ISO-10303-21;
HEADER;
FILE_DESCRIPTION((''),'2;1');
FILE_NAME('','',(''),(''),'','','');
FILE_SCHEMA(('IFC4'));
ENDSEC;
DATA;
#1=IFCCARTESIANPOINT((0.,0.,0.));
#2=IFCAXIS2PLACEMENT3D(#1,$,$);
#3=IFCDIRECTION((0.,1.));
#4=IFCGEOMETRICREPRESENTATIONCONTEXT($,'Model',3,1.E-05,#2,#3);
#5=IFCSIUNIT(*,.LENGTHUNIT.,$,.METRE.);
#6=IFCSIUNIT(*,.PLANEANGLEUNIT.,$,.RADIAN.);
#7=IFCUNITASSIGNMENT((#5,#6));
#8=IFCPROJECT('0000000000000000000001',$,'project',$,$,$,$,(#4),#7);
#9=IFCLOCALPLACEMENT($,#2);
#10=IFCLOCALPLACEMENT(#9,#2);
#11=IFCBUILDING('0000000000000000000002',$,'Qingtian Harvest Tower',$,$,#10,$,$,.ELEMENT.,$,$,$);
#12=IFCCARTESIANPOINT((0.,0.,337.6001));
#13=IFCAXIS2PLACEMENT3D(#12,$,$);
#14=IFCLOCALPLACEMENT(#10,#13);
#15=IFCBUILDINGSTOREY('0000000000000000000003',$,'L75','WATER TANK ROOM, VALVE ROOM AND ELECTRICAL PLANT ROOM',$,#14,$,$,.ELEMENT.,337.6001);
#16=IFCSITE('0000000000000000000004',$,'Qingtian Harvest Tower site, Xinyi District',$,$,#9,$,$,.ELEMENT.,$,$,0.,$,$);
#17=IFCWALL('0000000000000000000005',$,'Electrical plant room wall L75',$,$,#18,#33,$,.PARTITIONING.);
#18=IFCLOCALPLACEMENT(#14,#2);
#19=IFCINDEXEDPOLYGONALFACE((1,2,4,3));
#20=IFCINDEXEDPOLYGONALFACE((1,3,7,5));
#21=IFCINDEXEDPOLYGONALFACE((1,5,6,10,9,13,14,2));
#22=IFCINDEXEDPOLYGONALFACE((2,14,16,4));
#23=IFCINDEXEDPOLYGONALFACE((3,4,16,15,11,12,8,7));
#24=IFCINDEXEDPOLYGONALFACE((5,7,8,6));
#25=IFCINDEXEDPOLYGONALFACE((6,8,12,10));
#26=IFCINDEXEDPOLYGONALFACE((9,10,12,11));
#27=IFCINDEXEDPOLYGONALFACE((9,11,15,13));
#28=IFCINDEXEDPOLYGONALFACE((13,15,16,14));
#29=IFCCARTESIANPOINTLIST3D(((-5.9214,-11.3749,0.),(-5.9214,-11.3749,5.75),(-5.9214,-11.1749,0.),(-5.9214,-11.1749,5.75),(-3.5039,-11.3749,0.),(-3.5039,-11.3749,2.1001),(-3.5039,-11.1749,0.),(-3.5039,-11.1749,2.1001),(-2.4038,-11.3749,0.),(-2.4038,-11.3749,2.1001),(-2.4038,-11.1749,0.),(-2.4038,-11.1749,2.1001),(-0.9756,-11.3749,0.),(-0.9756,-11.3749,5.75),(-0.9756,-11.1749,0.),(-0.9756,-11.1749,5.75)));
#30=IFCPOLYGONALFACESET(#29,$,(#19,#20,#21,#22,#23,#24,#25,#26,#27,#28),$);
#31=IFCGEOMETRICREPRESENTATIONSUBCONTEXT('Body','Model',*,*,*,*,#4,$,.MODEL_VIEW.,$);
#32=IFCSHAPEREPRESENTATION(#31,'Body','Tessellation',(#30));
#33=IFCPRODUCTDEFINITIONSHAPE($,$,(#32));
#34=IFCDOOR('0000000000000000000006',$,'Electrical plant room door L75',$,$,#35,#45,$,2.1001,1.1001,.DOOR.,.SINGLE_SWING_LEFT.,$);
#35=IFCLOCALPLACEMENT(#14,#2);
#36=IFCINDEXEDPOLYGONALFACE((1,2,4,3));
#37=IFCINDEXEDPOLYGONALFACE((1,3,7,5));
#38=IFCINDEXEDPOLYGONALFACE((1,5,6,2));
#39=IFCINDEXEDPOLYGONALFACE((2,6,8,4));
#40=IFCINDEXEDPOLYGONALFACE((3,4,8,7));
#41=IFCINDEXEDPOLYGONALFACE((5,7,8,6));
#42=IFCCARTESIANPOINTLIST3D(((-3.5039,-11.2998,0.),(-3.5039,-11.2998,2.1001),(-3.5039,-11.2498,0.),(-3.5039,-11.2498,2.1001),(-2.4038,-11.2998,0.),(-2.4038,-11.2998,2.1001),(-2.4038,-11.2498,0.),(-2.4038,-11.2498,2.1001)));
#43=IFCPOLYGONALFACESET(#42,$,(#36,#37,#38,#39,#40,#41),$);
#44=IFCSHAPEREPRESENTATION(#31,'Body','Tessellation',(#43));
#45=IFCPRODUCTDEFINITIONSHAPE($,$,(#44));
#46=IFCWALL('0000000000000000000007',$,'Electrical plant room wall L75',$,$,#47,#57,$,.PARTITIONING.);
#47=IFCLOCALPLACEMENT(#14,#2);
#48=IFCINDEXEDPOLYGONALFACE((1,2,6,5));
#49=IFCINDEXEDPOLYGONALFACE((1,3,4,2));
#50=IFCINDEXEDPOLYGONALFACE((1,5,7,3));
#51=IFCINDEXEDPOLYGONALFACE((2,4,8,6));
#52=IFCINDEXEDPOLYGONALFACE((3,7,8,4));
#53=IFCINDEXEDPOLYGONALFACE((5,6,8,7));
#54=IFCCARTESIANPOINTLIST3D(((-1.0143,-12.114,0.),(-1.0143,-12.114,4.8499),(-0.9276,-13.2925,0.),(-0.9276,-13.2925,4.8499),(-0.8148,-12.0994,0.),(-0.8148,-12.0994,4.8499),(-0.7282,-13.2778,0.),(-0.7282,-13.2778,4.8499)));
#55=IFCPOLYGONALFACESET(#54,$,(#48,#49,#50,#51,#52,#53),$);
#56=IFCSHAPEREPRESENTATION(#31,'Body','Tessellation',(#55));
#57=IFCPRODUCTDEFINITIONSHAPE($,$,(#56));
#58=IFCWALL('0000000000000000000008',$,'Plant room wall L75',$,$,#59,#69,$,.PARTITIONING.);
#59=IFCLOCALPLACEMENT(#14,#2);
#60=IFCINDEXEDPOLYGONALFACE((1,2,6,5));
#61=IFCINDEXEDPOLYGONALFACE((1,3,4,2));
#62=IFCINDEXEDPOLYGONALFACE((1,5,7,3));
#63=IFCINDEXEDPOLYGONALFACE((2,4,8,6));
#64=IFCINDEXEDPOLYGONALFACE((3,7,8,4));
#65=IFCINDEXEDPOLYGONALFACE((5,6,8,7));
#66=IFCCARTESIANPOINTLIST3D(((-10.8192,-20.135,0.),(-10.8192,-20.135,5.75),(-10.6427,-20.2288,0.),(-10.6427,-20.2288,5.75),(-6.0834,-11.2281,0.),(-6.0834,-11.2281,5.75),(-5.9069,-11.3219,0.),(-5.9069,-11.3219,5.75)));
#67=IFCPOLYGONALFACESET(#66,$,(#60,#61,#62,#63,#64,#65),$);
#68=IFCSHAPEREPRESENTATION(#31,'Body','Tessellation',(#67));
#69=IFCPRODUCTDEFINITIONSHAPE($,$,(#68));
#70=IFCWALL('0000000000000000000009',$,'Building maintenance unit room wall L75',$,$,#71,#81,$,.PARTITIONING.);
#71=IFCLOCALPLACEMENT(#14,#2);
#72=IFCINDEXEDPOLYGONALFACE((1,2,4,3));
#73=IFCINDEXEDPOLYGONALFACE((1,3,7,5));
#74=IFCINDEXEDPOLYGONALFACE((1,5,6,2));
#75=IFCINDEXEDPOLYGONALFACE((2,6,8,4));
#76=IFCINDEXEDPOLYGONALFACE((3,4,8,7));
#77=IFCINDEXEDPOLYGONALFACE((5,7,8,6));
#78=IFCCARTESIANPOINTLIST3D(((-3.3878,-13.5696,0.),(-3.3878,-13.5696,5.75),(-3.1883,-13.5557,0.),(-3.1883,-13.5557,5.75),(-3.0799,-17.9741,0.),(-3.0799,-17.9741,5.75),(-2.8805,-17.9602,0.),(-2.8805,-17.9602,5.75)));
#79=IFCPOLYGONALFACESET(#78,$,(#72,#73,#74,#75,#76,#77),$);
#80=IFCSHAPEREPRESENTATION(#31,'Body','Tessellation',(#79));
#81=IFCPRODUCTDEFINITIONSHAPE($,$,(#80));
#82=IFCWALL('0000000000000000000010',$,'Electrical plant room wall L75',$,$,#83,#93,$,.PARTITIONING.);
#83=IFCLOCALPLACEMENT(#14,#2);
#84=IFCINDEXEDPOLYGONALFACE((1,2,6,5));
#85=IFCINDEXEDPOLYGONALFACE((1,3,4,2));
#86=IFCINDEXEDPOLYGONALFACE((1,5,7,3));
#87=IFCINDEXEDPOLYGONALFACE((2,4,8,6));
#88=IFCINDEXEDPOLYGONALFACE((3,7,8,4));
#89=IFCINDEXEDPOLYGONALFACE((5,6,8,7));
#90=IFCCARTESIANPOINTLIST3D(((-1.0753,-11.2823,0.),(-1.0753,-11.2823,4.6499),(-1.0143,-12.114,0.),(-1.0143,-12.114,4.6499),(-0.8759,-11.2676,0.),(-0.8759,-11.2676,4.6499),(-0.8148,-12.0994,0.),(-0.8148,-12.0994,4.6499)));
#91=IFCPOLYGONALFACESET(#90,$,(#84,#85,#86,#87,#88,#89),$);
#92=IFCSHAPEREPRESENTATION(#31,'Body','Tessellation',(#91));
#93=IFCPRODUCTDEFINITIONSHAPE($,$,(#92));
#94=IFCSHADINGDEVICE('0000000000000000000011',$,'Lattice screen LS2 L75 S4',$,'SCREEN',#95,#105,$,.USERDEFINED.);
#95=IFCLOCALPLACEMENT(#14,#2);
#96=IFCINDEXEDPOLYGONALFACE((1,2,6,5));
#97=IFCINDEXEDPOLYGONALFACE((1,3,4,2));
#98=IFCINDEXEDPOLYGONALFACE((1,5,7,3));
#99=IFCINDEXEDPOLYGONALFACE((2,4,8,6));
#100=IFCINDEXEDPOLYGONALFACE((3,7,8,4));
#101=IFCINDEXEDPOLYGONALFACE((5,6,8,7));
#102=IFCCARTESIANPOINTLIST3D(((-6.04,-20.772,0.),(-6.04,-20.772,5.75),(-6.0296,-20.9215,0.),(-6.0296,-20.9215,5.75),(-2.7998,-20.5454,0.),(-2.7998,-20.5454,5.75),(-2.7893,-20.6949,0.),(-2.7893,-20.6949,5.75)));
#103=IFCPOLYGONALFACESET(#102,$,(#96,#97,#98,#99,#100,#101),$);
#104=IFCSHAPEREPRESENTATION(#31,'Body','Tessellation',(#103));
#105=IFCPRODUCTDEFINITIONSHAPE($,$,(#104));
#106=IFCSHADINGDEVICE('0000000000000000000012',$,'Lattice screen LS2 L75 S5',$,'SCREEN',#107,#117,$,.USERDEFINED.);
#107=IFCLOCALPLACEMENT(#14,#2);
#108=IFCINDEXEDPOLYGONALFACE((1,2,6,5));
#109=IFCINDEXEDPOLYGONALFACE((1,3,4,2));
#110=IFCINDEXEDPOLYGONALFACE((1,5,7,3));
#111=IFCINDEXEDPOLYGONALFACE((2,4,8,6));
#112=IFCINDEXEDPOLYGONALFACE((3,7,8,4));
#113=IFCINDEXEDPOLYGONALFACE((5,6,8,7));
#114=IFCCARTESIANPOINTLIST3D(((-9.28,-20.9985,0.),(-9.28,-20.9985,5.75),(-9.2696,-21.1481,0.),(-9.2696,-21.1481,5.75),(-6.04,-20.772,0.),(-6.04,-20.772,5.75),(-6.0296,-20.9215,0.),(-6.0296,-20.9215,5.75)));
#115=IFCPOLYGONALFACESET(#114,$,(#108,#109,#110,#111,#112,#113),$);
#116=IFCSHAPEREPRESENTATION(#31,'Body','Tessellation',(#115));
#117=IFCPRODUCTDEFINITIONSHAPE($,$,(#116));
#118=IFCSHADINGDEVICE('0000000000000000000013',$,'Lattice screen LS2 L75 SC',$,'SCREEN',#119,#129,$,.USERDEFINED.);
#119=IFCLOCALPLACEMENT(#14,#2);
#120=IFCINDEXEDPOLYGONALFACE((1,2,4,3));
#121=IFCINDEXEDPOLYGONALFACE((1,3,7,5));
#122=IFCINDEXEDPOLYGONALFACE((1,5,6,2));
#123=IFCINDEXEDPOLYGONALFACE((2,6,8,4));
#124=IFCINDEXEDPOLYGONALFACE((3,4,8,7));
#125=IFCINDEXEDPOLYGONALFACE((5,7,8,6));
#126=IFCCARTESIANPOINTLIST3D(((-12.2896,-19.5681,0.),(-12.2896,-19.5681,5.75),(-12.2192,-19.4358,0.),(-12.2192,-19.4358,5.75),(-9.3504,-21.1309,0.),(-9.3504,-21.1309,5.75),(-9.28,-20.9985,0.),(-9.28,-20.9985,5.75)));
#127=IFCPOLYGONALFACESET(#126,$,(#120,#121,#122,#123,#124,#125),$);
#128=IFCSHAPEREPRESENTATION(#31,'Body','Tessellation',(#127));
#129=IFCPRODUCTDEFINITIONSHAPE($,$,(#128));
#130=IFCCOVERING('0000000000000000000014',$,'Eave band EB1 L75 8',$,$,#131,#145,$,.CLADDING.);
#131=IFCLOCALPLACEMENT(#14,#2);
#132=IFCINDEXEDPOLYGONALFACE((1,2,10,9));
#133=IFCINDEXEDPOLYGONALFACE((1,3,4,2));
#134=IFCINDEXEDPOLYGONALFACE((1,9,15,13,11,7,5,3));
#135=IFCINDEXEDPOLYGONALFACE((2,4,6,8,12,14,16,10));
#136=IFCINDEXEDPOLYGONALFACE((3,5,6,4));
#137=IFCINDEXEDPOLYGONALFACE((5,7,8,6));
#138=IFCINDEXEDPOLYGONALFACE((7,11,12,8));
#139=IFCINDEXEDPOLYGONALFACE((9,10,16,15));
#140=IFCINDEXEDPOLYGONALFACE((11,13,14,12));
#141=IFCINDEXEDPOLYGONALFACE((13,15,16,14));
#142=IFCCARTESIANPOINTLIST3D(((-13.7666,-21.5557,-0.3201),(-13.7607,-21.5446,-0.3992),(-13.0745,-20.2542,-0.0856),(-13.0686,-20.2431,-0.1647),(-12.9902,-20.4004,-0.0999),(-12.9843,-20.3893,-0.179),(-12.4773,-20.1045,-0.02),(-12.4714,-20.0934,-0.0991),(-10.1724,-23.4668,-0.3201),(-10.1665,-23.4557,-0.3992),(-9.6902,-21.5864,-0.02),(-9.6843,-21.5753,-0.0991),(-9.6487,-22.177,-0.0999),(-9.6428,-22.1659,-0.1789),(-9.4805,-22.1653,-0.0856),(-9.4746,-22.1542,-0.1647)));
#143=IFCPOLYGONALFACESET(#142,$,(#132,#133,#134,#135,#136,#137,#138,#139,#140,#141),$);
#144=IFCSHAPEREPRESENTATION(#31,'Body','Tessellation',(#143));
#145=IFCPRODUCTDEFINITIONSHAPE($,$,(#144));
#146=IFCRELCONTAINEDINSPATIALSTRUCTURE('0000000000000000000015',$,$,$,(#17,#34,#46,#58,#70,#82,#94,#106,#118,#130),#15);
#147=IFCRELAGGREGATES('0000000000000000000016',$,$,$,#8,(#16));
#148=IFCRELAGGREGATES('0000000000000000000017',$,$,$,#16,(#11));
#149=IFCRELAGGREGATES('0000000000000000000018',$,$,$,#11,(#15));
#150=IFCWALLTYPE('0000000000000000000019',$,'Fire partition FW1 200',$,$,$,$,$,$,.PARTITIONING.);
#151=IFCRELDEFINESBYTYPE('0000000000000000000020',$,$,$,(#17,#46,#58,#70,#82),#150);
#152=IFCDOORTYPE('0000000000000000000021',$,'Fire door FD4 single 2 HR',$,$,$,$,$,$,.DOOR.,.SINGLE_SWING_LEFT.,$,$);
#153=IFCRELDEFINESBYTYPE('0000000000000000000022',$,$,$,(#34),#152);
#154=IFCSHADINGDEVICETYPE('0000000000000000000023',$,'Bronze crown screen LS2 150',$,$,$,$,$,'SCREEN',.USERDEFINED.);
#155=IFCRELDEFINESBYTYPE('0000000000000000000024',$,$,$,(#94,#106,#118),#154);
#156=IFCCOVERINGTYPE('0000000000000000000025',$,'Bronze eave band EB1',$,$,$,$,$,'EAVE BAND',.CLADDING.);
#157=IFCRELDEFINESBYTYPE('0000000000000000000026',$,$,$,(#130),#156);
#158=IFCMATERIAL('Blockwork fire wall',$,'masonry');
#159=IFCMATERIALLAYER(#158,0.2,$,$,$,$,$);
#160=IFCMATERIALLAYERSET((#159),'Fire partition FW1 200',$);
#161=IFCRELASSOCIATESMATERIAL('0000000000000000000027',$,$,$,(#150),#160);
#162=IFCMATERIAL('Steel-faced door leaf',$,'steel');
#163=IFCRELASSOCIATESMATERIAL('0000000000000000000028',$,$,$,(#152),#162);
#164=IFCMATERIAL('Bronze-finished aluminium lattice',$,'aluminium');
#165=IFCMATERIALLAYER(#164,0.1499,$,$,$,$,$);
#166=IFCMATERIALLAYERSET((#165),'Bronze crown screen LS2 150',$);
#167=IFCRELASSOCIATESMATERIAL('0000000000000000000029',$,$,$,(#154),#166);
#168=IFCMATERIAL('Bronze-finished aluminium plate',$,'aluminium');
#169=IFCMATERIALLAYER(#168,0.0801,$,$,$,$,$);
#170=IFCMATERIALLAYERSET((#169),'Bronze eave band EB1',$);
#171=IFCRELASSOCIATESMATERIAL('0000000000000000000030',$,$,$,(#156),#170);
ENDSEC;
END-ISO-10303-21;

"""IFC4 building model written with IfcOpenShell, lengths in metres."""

from ifc_helpers import new_model, si_unit, direction, frame, frame_2d, origin, place, context, subcontext, project, spatial, polyline, rectangle, outline, extrude, material, layer, layer_set, type_object, element, fill, save


model = new_model("IFC4")

# Units and contexts
model_context = context("Model", 3, precision=1e-05, world=origin(), true_north=direction((0.0, 1.0)))
body_context = subcontext(model_context, "Body", "Model", "MODEL_VIEW")
ifc_project = project(units=[si_unit("LENGTHUNIT", "METRE"), si_unit("PLANEANGLEUNIT", "RADIAN")], contexts=[model_context])

# Site, building, storey
site_placement = place(None, origin())
site = spatial("IfcSite", under=ifc_project, at=site_placement, Name="Qingtian Harvest Tower site, Xinyi District", CompositionType="ELEMENT", RefElevation=0.0)
building_placement = place(site_placement, origin())
building = spatial("IfcBuilding", under=site, at=building_placement, Name="Qingtian Harvest Tower", CompositionType="ELEMENT")
storey_placement = place(building_placement, frame((0.0, 0.0, 337.6001)))
storey = spatial("IfcBuildingStorey", under=building, at=storey_placement, Name="L75", Description="WATER TANK ROOM, VALVE ROOM AND ELECTRICAL PLANT ROOM", CompositionType="ELEMENT", Elevation=337.6001)

# Shared definitions
ifc_material_1 = material(Name="Blockwork fire wall", Category="masonry")
ifc_layer_1 = layer(ifc_material_1, 0.2)
ifc_layer_set_1 = layer_set([ifc_layer_1], Name="Fire partition FW1 200")
wall_type_1 = type_object("IfcWallType", Name="Fire partition FW1 200", PredefinedType="PARTITIONING", material=ifc_layer_set_1)

# Wall, opening, door
ifc_material_2 = material(Name="Steel-faced door leaf", Category="steel")
door_type = type_object("IfcDoorType", Name="Fire door FD4 single 2 HR", OperationType="SINGLE_SWING_LEFT", PredefinedType="DOOR", material=ifc_material_2)
wall_1_placement = place(storey_placement, frame((-0.9756, -11.2749, 0.0), z_axis=(0.0, 0.0, 1.0), x_axis=(-1.0, 0.0, 0.0)))
wall_1 = element("IfcWall", 1, at=wall_1_placement, inside=storey, type_object=wall_type_1, Name="Electrical plant room wall L75", PredefinedType="PARTITIONING", context=body_context, shape_type="SweptSolid", body=[
    extrude(rectangle(XDim=4.9458, YDim=0.2, at=frame_2d((2.4729, 0.0))), origin(), (0.0, 0.0, 1.0), 5.75),
])
opening_1_placement = place(wall_1_placement, frame((1.4282, 0.0, 0.0)))
opening_1 = element("IfcOpeningElement", 2, at=opening_1_placement, cuts=wall_1, PredefinedType="OPENING", context=body_context, shape_type="SweptSolid", body=[
    extrude(rectangle(XDim=1.1001, YDim=2.1001, at=frame_2d((0.55, 1.05))), frame((0.0, 0.1099, 0.0), z_axis=(0.0, -1.0, 0.0), x_axis=(1.0, 0.0, 0.0)), (0.0, 0.0, 1.0), 0.22),
])
door_1_placement = place(opening_1_placement, origin())
door_1 = element("IfcDoor", 3, at=door_1_placement, inside=storey, type_object=door_type, Name="Electrical plant room door L75", OperationType="SINGLE_SWING_LEFT", OverallHeight=2.1001, OverallWidth=1.1001, PredefinedType="DOOR", context=body_context, shape_type="SweptSolid", body=[
    extrude(rectangle(XDim=1.1001, YDim=2.1001, at=frame_2d((0.55, 1.05))), frame((0.0, 0.0249, 0.0), z_axis=(0.0, -1.0, 0.0), x_axis=(1.0, 0.0, 0.0)), (0.0, 0.0, 1.0), 0.05),
])
fill(opening_1, door_1)

# Walls
wall_2_placement = place(storey_placement, frame((-0.8279, -13.2852, 0.0), z_axis=(0.0, 0.0, 1.0), x_axis=(-0.073347, 0.997307, 0.0)))
element("IfcWall", 4, at=wall_2_placement, inside=storey, type_object=wall_type_1, Name="Electrical plant room wall L75", PredefinedType="PARTITIONING", context=body_context, shape_type="SweptSolid", body=[
    extrude(rectangle(XDim=1.1816, YDim=0.2, at=frame_2d((0.5908, 0.0))), origin(), (0.0, 0.0, 1.0), 4.8499),
])
wall_3_placement = place(storey_placement, frame((-5.9951, -11.2749, 0.0), z_axis=(0.0, 0.0, 1.0), x_axis=(-0.469465, -0.882951, 0.0)))
element("IfcWall", 5, at=wall_3_placement, inside=storey, type_object=wall_type_1, Name="Plant room wall L75", PredefinedType="PARTITIONING", context=body_context, shape_type="SweptSolid", body=[
    extrude(rectangle(XDim=10.0876, YDim=0.2, at=frame_2d((5.0439, 0.0))), origin(), (0.0, 0.0, 1.0), 5.75),
])
wall_4_placement = place(storey_placement, frame((-2.9802, -17.967, 0.0), z_axis=(0.0, 0.0, 1.0), x_axis=(-0.069726, 0.997566, 0.0)))
element("IfcWall", 6, at=wall_4_placement, inside=storey, type_object=wall_type_1, Name="Building maintenance unit room wall L75", PredefinedType="PARTITIONING", context=body_context, shape_type="SweptSolid", body=[
    extrude(rectangle(XDim=4.4153, YDim=0.2, at=frame_2d((2.2075, 0.0))), origin(), (0.0, 0.0, 1.0), 5.75),
])
wall_5_placement = place(storey_placement, frame((-0.9146, -12.1067, 0.0), z_axis=(0.0, 0.0, 1.0), x_axis=(-0.073182, 0.997319, 0.0)))
element("IfcWall", 7, at=wall_5_placement, inside=storey, type_object=wall_type_1, Name="Electrical plant room wall L75", PredefinedType="PARTITIONING", context=body_context, shape_type="SweptSolid", body=[
    extrude(rectangle(XDim=0.834, YDim=0.2, at=frame_2d((0.417, 0.0))), origin(), (0.0, 0.0, 1.0), 4.6499),
])

# Shading devices
ifc_material_3 = material(Name="Bronze-finished aluminium lattice", Category="aluminium")
ifc_layer_2 = layer(ifc_material_3, 0.1499)
ifc_layer_set_2 = layer_set([ifc_layer_2], Name="Bronze crown screen LS2 150")
shading_device_type = type_object("IfcShadingDeviceType", Name="Bronze crown screen LS2 150", ElementType="SCREEN", PredefinedType="USERDEFINED", material=ifc_layer_set_2)
shading_device_1_placement = place(storey_placement, frame((-2.7998, -20.5454, 0.0), z_axis=(-0.069751, 0.997564, 0.0), x_axis=(-0.997564, -0.069751, 0.0)))
element("IfcShadingDevice", 8, at=shading_device_1_placement, inside=storey, type_object=shading_device_type, Name="Lattice screen LS2 L75 S4", ObjectType="SCREEN", PredefinedType="USERDEFINED", context=body_context, shape_type="SweptSolid", body=[
    extrude(outline(polyline([(0.0, 0.0), (3.2481, 0.0), (3.2481, 5.75), (0.0, 5.75), (0.0, 0.0)])), origin(), (0.0, 0.0, -1.0), 0.1499),
])
shading_device_2_placement = place(storey_placement, frame((-6.04, -20.772, 0.0), z_axis=(-0.069757, 0.997564, 0.0), x_axis=(-0.997564, -0.069757, 0.0)))
element("IfcShadingDevice", 9, at=shading_device_2_placement, inside=storey, type_object=shading_device_type, Name="Lattice screen LS2 L75 S5", ObjectType="SCREEN", PredefinedType="USERDEFINED", context=body_context, shape_type="SweptSolid", body=[
    extrude(outline(polyline([(0.0, 0.0), (3.2479, 0.0), (3.2479, 5.75), (0.0, 5.75), (0.0, 0.0)])), origin(), (0.0, 0.0, -1.0), 0.1499),
])
shading_device_3_placement = place(storey_placement, frame((-9.28, -20.9985, 0.0), z_axis=(0.469457, 0.882955, 0.0), x_axis=(-0.882955, 0.469457, 0.0)))
element("IfcShadingDevice", 10, at=shading_device_3_placement, inside=storey, type_object=shading_device_type, Name="Lattice screen LS2 L75 SC", ObjectType="SCREEN", PredefinedType="USERDEFINED", context=body_context, shape_type="SweptSolid", body=[
    extrude(outline(polyline([(0.0, 0.0), (3.3288, 0.0), (3.3288, 5.75), (0.0, 5.75), (0.0, 0.0)])), origin(), (0.0, 0.0, -1.0), 0.1499),
])

# Covering
ifc_material_4 = material(Name="Bronze-finished aluminium plate", Category="aluminium")
ifc_layer_3 = layer(ifc_material_4, 0.0801)
ifc_layer_set_3 = layer_set([ifc_layer_3], Name="Bronze eave band EB1")
covering_type = type_object("IfcCoveringType", Name="Bronze eave band EB1", ElementType="EAVE BAND", PredefinedType="CLADDING", material=ifc_layer_set_3)
covering_placement = place(storey_placement, frame((-9.6902, -21.5864, -0.02), z_axis=(-0.07374, -0.13868, 0.987588), x_axis=(0.069475, -0.988593, -0.133633)))
element("IfcCovering", 11, at=covering_placement, inside=storey, type_object=covering_type, Name="Eave band EB1 L75 8", PredefinedType="CLADDING", context=body_context, shape_type="SweptSolid", body=[
    extrude(outline(polyline([(0.0, 0.0), (0.5974, 0.0), (0.5956, 0.1692), (1.8655, -0.6149), (-0.2735, -4.0784), (-1.5434, -3.294), (-1.3911, -3.22), (-1.6587, -2.6857), (0.0, 0.0)])), origin(), (0.0, 0.0, -1.0), 0.0801),
])

save(model, "model.ifc")
